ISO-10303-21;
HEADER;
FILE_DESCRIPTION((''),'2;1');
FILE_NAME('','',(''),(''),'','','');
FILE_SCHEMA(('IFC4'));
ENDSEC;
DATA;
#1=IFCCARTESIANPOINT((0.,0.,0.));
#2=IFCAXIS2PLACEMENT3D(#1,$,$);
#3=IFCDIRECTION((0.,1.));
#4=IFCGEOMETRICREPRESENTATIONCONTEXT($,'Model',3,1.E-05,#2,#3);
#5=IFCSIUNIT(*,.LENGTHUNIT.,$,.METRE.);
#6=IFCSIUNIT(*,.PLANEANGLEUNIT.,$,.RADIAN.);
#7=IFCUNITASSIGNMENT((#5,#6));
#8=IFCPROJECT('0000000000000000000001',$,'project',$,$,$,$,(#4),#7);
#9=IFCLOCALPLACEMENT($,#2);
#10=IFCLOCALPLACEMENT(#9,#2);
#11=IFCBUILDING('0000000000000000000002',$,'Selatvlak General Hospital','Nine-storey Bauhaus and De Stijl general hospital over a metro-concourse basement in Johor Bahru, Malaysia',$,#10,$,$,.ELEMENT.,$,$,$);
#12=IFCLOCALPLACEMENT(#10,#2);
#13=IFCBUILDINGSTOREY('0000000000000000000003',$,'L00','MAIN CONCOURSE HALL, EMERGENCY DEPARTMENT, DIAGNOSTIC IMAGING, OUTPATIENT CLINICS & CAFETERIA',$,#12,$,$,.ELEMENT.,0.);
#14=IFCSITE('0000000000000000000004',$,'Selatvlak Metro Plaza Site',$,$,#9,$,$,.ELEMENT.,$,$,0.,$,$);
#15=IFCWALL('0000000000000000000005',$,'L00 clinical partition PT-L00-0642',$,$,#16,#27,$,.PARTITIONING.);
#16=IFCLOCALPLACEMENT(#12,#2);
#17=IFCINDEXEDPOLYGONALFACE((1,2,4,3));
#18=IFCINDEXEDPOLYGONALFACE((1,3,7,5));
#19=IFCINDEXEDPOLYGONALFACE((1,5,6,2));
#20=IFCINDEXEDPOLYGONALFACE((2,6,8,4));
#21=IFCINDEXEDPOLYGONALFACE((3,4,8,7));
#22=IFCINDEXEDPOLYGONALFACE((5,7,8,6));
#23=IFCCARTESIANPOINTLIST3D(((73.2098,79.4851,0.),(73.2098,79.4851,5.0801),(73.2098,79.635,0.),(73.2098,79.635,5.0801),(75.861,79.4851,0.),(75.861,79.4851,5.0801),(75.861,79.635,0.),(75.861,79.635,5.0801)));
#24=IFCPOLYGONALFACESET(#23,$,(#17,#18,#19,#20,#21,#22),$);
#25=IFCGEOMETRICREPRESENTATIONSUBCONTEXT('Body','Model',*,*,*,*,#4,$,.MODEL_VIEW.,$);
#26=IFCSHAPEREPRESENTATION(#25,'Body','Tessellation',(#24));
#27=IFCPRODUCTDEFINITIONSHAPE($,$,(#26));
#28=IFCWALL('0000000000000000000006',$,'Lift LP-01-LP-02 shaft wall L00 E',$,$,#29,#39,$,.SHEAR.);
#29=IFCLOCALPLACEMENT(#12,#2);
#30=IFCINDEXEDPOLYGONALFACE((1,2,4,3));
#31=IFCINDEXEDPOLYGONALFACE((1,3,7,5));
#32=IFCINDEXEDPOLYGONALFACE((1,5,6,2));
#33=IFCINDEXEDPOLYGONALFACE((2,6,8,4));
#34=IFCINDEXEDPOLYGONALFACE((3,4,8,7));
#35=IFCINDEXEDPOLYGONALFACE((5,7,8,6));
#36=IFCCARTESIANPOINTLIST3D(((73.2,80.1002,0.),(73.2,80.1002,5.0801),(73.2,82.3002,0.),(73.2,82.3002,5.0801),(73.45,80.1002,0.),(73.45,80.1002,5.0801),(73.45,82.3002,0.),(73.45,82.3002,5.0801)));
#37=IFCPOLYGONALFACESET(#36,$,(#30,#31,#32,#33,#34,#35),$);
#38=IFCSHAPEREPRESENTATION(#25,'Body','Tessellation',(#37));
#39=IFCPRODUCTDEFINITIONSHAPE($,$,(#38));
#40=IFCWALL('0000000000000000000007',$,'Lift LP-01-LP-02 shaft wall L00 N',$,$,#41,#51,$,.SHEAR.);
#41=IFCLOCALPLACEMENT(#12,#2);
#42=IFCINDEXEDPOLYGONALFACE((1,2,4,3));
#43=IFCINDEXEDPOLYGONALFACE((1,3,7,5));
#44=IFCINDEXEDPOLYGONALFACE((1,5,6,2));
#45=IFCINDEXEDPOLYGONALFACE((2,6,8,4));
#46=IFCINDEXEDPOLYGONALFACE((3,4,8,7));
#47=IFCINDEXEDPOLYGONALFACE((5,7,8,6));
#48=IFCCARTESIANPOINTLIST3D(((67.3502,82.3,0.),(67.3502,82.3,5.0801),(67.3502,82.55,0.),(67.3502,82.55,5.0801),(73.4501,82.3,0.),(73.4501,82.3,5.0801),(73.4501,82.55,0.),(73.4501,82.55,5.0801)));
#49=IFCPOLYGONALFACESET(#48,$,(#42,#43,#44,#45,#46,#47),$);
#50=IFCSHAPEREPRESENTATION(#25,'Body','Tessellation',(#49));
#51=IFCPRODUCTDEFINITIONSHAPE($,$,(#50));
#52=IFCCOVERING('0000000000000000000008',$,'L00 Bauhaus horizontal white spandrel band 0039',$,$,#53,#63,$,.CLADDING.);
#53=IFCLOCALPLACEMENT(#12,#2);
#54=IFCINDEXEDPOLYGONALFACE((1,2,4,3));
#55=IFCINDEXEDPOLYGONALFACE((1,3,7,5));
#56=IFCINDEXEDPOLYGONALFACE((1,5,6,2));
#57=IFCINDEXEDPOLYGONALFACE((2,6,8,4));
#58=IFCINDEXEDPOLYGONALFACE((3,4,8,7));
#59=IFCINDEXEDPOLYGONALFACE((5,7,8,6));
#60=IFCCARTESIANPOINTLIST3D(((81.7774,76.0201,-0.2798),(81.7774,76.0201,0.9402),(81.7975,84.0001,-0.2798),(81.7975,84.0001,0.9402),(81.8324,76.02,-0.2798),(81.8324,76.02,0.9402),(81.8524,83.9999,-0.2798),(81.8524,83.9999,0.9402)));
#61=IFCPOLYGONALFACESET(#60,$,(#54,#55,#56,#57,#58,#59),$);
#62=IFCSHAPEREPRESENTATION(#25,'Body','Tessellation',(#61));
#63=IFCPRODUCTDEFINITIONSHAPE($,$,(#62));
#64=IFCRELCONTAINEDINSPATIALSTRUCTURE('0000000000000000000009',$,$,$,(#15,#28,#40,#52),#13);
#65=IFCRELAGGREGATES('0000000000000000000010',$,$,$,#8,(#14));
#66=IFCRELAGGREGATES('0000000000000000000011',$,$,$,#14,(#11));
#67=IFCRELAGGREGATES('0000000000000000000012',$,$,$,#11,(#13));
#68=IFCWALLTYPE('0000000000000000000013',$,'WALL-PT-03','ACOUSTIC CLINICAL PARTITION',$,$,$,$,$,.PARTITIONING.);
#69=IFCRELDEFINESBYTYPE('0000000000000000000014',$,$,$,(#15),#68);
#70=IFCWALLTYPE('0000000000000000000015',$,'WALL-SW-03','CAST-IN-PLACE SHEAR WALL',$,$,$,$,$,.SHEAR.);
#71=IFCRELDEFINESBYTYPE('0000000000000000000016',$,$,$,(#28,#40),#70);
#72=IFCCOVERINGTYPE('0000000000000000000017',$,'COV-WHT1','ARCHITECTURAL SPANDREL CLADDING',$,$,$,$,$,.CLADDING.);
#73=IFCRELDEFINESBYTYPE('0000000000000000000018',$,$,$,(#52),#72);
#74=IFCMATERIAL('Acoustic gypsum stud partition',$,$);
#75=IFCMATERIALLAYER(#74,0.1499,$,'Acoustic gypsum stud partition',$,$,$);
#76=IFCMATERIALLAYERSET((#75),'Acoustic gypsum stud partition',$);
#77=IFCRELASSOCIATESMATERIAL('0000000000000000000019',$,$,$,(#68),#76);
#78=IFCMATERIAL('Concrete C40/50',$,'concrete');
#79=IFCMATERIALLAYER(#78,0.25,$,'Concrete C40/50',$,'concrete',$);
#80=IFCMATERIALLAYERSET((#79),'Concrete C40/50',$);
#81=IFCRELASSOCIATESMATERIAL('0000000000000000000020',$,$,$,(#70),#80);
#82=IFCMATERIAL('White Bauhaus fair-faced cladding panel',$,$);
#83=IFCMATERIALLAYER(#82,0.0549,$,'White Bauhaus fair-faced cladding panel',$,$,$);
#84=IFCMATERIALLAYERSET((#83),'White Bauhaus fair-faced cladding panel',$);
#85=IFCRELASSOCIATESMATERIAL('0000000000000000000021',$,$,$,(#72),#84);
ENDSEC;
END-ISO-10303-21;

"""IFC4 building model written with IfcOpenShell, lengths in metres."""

from ifc_helpers import new_model, si_unit, direction, frame, frame_2d, origin, origin_2d, place, context, subcontext, project, spatial, rectangle, extrude, material, layer, layer_set, type_object, element, save


model = new_model("IFC4")

# Units and contexts
model_context = context("Model", 3, precision=1e-05, world=origin(), true_north=direction((0.0, 1.0)))
body_context = subcontext(model_context, "Body", "Model", "MODEL_VIEW")
ifc_project = project(units=[si_unit("LENGTHUNIT", "METRE"), si_unit("PLANEANGLEUNIT", "RADIAN")], contexts=[model_context])

# Site, building, storey
site_placement = place(None, origin())
site = spatial("IfcSite", under=ifc_project, at=site_placement, Name="Selatvlak Metro Plaza Site", CompositionType="ELEMENT", RefElevation=0.0)
building_placement = place(site_placement, origin())
building = spatial("IfcBuilding", under=site, at=building_placement, Name="Selatvlak General Hospital", Description="Nine-storey Bauhaus and De Stijl general hospital over a metro-concourse basement in Johor Bahru, Malaysia", CompositionType="ELEMENT")
storey_placement = place(building_placement, origin())
storey = spatial("IfcBuildingStorey", under=building, at=storey_placement, Name="L00", Description="MAIN CONCOURSE HALL, EMERGENCY DEPARTMENT, DIAGNOSTIC IMAGING, OUTPATIENT CLINICS & CAFETERIA", CompositionType="ELEMENT", Elevation=0.0)

# Shared definitions
ifc_material_1 = material(Name="Concrete C40/50", Category="concrete")

# Shared definitions
ifc_material_2 = material(Name="Acoustic gypsum stud partition")

# Walls
ifc_layer_1 = layer(ifc_material_2, 0.1499, Name="Acoustic gypsum stud partition")
ifc_layer_set_1 = layer_set([ifc_layer_1], Name="Acoustic gypsum stud partition")
wall_type_1 = type_object("IfcWallType", Name="WALL-PT-03", Description="ACOUSTIC CLINICAL PARTITION", PredefinedType="PARTITIONING", material=ifc_layer_set_1)
wall_1_placement = place(storey_placement, frame((75.8611, 79.5601, 0.0), z_axis=(0.0, 0.0, 1.0), x_axis=(-1.0, 0.0, 0.0)))
element("IfcWall", 1, at=wall_1_placement, inside=storey, type_object=wall_type_1, Name="L00 clinical partition PT-L00-0642", PredefinedType="PARTITIONING", context=body_context, shape_type="SweptSolid", body=[
    extrude(rectangle(XDim=2.6511, YDim=0.1499, at=frame_2d((1.3257, 0.0))), origin(), (0.0, 0.0, 1.0), 5.0801),
])
ifc_layer_2 = layer(ifc_material_1, 0.25, Name="Concrete C40/50", Category="concrete")
ifc_layer_set_2 = layer_set([ifc_layer_2], Name="Concrete C40/50")
wall_type_2 = type_object("IfcWallType", Name="WALL-SW-03", Description="CAST-IN-PLACE SHEAR WALL", PredefinedType="SHEAR", material=ifc_layer_set_2)
wall_2_placement = place(storey_placement, frame((73.325, 80.1001, 0.0), z_axis=(0.0, 0.0, 1.0), x_axis=(0.0, 1.0, 0.0)))
element("IfcWall", 2, at=wall_2_placement, inside=storey, type_object=wall_type_2, Name="Lift LP-01-LP-02 shaft wall L00 E", PredefinedType="SHEAR", context=body_context, shape_type="SweptSolid", body=[
    extrude(rectangle(XDim=2.2, YDim=0.25, at=frame_2d((1.1001, 0.0))), origin(), (0.0, 0.0, 1.0), 5.0801),
])
wall_3_placement = place(storey_placement, frame((73.45, 82.425, 0.0), z_axis=(0.0, 0.0, 1.0), x_axis=(-1.0, 0.0, 0.0)))
element("IfcWall", 3, at=wall_3_placement, inside=storey, type_object=wall_type_2, Name="Lift LP-01-LP-02 shaft wall L00 N", PredefinedType="SHEAR", context=body_context, shape_type="SweptSolid", body=[
    extrude(rectangle(XDim=6.0999, YDim=0.25, at=frame_2d((3.0498, 0.0))), origin(), (0.0, 0.0, 1.0), 5.0801),
])

# Covering
ifc_material_3 = material(Name="White Bauhaus fair-faced cladding panel")
ifc_layer_3 = layer(ifc_material_3, 0.0549, Name="White Bauhaus fair-faced cladding panel")
ifc_layer_set_3 = layer_set([ifc_layer_3], Name="White Bauhaus fair-faced cladding panel")
covering_type = type_object("IfcCoveringType", Name="COV-WHT1", Description="ARCHITECTURAL SPANDREL CLADDING", PredefinedType="CLADDING", material=ifc_layer_set_3)
covering_placement = place(storey_placement, frame((81.8149, 80.01, -0.2798), z_axis=(0.0, 0.0, 1.0), x_axis=(-0.002513, -0.999997, 0.0)))
element("IfcCovering", 4, at=covering_placement, inside=storey, type_object=covering_type, Name="L00 Bauhaus horizontal white spandrel band 0039", PredefinedType="CLADDING", context=body_context, shape_type="SweptSolid", body=[
    extrude(rectangle(XDim=7.98, YDim=0.0549, at=origin_2d()), origin(), (0.0, 0.0, 1.0), 1.22),
])

save(model, "model.ifc")
